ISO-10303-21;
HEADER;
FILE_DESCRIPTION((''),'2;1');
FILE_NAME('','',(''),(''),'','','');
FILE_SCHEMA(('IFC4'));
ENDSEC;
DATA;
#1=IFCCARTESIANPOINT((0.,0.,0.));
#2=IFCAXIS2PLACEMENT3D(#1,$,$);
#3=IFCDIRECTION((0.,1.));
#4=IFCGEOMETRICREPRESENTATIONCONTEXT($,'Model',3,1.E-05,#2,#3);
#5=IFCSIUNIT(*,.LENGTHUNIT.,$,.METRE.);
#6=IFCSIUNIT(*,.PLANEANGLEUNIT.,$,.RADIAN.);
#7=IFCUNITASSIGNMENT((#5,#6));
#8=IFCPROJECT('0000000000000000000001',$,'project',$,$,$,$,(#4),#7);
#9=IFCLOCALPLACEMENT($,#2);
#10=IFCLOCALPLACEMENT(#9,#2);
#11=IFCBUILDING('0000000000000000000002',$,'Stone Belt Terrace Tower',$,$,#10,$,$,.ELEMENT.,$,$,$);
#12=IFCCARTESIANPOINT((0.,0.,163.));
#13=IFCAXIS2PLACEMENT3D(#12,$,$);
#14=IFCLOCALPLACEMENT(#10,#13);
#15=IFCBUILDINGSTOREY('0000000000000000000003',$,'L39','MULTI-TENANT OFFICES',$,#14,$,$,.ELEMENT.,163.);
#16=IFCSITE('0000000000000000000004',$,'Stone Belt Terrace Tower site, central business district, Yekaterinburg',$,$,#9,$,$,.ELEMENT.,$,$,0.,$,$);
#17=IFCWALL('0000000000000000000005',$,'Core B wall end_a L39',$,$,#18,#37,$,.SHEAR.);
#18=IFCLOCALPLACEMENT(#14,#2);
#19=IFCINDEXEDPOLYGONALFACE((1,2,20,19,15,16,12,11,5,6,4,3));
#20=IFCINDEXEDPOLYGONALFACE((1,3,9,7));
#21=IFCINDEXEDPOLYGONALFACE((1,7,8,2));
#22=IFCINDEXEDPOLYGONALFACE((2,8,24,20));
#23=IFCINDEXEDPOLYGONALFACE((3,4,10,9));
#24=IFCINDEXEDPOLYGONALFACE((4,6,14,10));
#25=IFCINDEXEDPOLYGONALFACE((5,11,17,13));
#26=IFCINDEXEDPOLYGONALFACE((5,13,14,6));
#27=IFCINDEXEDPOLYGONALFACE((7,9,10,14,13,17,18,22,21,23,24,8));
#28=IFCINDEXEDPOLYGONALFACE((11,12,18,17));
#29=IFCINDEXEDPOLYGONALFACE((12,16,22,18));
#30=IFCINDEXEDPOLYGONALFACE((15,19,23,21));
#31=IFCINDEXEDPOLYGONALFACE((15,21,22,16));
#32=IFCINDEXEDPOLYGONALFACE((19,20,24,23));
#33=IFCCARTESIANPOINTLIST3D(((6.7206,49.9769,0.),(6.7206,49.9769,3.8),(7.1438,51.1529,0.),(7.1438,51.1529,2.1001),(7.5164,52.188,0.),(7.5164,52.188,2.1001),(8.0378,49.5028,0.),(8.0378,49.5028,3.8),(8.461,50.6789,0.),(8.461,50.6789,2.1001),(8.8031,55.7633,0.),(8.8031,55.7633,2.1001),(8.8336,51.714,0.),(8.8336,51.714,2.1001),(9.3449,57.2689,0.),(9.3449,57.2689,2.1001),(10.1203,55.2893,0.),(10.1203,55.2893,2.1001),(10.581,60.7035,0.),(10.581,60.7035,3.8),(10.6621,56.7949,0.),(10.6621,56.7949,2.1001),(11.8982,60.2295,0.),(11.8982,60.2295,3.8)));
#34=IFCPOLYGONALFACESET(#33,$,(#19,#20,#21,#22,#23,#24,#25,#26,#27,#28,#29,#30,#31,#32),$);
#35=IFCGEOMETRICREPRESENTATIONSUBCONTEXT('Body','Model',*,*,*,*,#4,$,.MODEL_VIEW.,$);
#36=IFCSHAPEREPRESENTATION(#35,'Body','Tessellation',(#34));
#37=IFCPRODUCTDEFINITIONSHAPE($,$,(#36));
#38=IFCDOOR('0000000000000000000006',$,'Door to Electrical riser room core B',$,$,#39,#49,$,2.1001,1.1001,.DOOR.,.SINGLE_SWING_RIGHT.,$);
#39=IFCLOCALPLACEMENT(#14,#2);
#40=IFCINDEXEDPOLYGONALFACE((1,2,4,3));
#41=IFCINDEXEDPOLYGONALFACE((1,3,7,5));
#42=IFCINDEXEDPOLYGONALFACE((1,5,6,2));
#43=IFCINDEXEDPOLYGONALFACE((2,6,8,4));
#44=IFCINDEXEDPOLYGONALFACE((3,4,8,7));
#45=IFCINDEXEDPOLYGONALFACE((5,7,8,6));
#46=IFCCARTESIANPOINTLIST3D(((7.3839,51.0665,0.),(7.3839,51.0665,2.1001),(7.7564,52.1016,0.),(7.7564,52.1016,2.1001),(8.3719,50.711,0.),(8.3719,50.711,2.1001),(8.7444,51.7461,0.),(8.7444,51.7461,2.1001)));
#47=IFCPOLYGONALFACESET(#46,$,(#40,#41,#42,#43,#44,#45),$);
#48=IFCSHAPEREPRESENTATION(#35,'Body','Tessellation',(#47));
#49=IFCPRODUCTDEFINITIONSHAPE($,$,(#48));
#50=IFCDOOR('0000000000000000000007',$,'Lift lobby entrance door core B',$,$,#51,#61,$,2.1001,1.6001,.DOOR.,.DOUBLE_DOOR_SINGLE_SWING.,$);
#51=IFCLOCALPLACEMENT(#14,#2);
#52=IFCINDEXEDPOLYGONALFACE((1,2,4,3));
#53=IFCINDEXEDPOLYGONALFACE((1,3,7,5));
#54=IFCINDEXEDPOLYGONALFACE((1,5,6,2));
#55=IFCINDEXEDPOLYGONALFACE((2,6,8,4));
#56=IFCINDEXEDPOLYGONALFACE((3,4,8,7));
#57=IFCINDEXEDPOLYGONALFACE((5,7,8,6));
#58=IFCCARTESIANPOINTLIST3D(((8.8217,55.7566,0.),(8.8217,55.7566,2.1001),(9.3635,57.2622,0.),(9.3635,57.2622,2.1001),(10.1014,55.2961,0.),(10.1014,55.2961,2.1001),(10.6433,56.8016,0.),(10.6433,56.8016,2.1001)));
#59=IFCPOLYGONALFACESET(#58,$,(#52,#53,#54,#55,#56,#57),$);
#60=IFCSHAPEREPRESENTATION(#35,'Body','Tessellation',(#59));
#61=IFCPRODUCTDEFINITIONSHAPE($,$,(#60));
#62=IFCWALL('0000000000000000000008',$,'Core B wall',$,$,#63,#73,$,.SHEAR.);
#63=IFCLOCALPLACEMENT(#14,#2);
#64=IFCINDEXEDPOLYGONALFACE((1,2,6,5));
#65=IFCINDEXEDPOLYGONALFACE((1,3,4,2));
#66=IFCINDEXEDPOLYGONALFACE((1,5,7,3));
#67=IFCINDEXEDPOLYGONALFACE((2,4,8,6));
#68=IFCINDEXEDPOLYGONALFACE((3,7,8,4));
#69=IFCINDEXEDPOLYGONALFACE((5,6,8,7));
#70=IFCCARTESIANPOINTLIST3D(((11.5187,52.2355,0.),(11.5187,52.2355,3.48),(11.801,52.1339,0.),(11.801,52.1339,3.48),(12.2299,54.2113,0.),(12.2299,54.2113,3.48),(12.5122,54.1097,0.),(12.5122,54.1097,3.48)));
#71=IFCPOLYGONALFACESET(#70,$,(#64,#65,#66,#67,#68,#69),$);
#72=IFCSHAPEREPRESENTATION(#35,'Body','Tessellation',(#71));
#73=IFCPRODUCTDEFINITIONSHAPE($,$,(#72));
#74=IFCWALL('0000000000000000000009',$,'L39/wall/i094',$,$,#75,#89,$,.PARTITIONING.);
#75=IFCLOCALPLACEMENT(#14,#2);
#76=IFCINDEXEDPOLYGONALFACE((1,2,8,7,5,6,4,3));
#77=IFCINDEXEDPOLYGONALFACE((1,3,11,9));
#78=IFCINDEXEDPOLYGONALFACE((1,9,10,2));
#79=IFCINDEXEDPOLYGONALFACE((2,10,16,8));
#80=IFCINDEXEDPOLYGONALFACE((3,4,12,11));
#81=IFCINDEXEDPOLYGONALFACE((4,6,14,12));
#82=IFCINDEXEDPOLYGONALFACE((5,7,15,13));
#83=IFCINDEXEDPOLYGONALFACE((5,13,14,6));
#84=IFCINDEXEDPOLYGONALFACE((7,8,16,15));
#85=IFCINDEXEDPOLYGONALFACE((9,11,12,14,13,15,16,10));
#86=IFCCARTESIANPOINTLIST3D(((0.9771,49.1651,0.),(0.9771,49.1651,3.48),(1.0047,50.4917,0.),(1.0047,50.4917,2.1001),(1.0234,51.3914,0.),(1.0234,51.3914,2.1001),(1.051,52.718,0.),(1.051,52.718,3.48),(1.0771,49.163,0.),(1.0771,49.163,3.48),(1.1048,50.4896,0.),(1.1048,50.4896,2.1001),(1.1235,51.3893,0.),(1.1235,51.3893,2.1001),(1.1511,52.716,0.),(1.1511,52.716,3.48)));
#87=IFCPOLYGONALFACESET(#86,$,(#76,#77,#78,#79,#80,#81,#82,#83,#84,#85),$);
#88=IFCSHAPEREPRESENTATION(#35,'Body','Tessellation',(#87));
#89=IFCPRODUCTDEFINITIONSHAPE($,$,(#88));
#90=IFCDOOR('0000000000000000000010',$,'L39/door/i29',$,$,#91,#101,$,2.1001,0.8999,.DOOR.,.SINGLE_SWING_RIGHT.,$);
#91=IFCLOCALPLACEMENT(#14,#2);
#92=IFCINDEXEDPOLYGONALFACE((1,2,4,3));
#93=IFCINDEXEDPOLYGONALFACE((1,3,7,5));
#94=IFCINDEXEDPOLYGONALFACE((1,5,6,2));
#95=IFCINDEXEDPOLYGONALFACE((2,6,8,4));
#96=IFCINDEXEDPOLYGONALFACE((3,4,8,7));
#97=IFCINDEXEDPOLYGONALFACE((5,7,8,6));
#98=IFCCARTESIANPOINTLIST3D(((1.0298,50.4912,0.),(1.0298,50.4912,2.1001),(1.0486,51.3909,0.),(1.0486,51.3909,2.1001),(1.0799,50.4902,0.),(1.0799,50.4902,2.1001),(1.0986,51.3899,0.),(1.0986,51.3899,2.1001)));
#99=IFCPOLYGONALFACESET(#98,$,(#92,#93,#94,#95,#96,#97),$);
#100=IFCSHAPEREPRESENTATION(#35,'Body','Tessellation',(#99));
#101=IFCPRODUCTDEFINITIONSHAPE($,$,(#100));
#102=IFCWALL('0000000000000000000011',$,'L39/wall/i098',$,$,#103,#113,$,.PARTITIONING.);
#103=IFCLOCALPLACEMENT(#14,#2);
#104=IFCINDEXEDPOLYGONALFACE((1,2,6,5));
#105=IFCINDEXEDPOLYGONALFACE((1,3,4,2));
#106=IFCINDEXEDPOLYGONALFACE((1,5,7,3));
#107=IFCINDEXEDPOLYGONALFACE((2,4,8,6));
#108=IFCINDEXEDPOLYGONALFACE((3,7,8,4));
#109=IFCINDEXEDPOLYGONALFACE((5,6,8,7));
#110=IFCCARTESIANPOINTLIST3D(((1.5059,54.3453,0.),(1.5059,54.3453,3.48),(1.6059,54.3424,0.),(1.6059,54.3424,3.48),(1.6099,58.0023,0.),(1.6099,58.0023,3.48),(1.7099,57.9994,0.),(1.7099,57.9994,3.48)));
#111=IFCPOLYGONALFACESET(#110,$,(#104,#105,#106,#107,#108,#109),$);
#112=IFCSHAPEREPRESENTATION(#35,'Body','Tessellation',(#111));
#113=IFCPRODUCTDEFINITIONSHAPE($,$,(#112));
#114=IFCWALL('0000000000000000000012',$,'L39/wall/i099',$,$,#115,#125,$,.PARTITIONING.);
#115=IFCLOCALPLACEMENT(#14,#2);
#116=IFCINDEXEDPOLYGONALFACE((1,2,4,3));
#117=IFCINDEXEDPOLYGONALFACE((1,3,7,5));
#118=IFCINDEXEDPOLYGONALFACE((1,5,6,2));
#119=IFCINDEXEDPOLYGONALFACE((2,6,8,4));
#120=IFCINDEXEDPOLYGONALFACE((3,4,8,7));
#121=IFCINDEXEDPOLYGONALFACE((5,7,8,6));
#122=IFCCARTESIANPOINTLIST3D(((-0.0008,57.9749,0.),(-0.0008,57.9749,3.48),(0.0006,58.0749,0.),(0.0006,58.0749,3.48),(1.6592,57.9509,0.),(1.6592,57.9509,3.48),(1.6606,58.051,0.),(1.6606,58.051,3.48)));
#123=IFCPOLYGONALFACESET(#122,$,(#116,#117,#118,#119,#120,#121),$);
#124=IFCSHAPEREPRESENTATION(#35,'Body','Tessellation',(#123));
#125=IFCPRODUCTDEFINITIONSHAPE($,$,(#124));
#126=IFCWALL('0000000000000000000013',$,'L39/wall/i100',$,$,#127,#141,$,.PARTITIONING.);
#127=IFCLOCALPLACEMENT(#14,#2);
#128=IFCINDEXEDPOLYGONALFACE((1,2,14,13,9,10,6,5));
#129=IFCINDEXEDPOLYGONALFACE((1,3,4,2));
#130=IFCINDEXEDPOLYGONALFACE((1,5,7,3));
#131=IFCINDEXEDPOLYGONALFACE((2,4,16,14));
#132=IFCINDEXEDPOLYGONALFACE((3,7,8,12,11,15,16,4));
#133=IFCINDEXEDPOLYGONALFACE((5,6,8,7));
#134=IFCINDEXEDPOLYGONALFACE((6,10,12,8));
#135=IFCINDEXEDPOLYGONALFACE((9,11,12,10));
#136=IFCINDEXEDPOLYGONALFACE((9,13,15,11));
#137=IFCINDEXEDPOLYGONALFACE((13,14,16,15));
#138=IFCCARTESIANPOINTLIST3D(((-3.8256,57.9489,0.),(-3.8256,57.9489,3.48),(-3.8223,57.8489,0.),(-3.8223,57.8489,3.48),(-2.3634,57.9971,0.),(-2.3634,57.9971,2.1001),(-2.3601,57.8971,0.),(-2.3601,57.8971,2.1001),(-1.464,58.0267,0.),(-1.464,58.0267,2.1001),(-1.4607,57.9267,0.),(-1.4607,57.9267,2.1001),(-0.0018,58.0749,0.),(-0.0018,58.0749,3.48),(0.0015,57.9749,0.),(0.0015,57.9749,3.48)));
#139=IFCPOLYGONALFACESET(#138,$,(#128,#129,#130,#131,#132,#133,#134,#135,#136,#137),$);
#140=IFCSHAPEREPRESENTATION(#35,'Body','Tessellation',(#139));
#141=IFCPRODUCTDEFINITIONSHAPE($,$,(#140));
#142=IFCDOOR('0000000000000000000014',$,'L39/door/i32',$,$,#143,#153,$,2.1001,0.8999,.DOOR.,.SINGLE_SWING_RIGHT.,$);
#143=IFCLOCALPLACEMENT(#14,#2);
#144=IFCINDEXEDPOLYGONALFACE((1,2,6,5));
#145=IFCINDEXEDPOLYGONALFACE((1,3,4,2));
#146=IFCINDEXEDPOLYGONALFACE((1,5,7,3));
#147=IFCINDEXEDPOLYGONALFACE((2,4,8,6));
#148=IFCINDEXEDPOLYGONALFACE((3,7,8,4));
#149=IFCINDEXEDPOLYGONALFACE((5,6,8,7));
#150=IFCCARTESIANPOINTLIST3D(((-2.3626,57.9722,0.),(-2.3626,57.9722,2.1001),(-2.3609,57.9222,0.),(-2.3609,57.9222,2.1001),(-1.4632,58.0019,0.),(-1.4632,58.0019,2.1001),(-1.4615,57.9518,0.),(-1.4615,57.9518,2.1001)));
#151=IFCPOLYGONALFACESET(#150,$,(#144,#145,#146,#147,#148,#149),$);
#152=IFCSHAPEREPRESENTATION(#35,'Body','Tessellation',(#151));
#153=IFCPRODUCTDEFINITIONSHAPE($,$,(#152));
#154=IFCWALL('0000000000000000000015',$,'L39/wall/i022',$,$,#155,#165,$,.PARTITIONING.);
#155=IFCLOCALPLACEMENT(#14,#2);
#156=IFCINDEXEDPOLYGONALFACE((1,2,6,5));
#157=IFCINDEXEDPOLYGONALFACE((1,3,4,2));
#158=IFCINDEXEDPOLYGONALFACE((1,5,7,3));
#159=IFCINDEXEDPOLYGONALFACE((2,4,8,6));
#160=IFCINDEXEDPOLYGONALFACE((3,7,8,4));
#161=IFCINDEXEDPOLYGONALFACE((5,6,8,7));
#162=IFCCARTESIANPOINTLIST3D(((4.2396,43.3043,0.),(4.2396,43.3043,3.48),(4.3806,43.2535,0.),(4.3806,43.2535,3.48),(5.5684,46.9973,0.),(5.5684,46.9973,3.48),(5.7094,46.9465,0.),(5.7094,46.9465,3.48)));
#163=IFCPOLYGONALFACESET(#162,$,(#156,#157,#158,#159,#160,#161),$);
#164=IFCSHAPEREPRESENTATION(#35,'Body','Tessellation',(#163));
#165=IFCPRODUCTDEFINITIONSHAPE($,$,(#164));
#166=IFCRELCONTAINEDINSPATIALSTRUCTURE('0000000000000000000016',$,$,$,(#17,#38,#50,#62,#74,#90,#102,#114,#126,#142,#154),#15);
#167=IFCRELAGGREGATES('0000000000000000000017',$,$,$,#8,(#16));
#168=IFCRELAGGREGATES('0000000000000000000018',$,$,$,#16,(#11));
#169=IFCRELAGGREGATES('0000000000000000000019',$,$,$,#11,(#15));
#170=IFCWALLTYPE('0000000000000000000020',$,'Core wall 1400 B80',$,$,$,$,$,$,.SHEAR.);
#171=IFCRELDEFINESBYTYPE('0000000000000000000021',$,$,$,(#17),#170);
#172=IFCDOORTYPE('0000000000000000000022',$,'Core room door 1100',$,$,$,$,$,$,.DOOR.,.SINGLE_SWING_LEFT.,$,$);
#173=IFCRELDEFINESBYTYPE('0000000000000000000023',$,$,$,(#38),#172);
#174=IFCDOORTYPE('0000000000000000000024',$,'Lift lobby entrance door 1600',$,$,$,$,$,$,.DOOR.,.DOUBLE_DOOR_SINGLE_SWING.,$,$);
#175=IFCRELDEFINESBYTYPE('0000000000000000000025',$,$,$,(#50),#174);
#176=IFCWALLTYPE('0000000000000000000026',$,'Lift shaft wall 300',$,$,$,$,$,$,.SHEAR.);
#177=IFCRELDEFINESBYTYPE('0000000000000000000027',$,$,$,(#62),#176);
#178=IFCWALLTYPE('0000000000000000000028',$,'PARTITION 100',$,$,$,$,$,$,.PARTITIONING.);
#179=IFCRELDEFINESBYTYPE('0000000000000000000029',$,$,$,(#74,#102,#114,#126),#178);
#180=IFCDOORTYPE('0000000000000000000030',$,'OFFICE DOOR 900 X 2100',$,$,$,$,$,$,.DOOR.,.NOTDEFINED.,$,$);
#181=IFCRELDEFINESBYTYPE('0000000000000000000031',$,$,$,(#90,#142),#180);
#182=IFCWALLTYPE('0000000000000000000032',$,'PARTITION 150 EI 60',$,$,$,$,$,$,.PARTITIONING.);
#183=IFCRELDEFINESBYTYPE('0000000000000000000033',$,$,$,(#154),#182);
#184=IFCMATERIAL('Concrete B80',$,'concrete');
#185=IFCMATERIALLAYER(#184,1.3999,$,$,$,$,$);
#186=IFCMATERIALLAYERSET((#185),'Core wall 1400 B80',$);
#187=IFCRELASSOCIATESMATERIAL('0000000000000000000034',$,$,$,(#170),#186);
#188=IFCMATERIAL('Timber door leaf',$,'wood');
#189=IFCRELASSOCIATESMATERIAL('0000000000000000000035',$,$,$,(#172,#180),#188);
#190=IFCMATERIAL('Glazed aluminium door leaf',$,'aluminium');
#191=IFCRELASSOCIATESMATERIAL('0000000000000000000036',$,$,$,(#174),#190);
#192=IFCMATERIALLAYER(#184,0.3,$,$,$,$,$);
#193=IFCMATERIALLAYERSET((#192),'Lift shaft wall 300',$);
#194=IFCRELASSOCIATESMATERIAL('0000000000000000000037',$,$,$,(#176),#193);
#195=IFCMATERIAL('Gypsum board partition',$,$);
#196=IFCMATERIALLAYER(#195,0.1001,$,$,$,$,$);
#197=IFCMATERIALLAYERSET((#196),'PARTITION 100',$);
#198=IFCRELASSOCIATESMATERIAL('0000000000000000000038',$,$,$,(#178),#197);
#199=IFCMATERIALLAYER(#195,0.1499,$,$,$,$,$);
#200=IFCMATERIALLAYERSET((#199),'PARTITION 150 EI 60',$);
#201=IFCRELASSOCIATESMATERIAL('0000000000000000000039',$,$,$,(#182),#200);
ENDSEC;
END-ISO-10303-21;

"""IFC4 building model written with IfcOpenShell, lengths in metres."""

from ifc_helpers import new_model, si_unit, direction, frame, frame_2d, origin, place, context, subcontext, project, spatial, rectangle, extrude, material, layer, layer_set, type_object, element, fill, save


model = new_model("IFC4")

# Units and contexts
model_context = context("Model", 3, precision=1e-05, world=origin(), true_north=direction((0.0, 1.0)))
body_context = subcontext(model_context, "Body", "Model", "MODEL_VIEW")
ifc_project = project(units=[si_unit("LENGTHUNIT", "METRE"), si_unit("PLANEANGLEUNIT", "RADIAN")], contexts=[model_context])

# Site, building, storey
site_placement = place(None, origin())
site = spatial("IfcSite", under=ifc_project, at=site_placement, Name="Stone Belt Terrace Tower site, central business district, Yekaterinburg", CompositionType="ELEMENT", RefElevation=0.0)
building_placement = place(site_placement, origin())
building = spatial("IfcBuilding", under=site, at=building_placement, Name="Stone Belt Terrace Tower", CompositionType="ELEMENT")
storey_placement = place(building_placement, frame((0.0, 0.0, 163.0)))
storey = spatial("IfcBuildingStorey", under=building, at=storey_placement, Name="L39", Description="MULTI-TENANT OFFICES", CompositionType="ELEMENT", Elevation=163.0)

# Shared definitions
ifc_material_1 = material(Name="Concrete B80", Category="concrete")

# Shared definitions
ifc_layer_1 = layer(ifc_material_1, 1.3999)
ifc_layer_set_1 = layer_set([ifc_layer_1], Name="Core wall 1400 B80")
wall_type_1 = type_object("IfcWallType", Name="Core wall 1400 B80", PredefinedType="SHEAR", material=ifc_layer_set_1)

# Wall, openings, doors
wall_1_placement = place(storey_placement, frame((7.3792, 49.7397, 0.0), z_axis=(0.0, 0.0, 1.0), x_axis=(0.338625, 0.940921, 0.0)))
wall_1 = element("IfcWall", 1, at=wall_1_placement, inside=storey, type_object=wall_type_1, Name="Core B wall end_a L39", PredefinedType="SHEAR", context=body_context, shape_type="SweptSolid", body=[
    extrude(rectangle(XDim=11.4001, YDim=1.3999, at=frame_2d((5.7002, 0.0))), origin(), (0.0, 0.0, 1.0), 3.8),
])
opening_1_placement = place(wall_1_placement, frame((6.1499, 0.0, 0.0)))
opening_1 = element("IfcOpeningElement", 2, at=opening_1_placement, cuts=wall_1, PredefinedType="OPENING", context=body_context, shape_type="SweptSolid", body=[
    extrude(rectangle(XDim=1.6001, YDim=2.1001, at=frame_2d((0.8, 1.05))), frame((0.0, 0.71, 0.0), z_axis=(0.0, -1.0, 0.0), x_axis=(1.0, 0.0, 0.0)), (0.0, 0.0, 1.0), 1.4199),
])
opening_2_placement = place(wall_1_placement, frame((1.25, 0.0, 0.0)))
opening_2 = element("IfcOpeningElement", 3, at=opening_2_placement, cuts=wall_1, PredefinedType="OPENING", context=body_context, shape_type="SweptSolid", body=[
    extrude(rectangle(XDim=1.1001, YDim=2.1001, at=frame_2d((0.55, 1.05))), frame((0.0, 0.71, 0.0), z_axis=(0.0, -1.0, 0.0), x_axis=(1.0, 0.0, 0.0)), (0.0, 0.0, 1.0), 1.4199),
])
ifc_material_2 = material(Name="Timber door leaf", Category="wood")
door_type_1 = type_object("IfcDoorType", Name="Core room door 1100", OperationType="SINGLE_SWING_LEFT", PredefinedType="DOOR", material=ifc_material_2)
door_1_placement = place(opening_2_placement, origin())
door_1 = element("IfcDoor", 4, at=door_1_placement, inside=storey, type_object=door_type_1, Name="Door to Electrical riser room core B", OperationType="SINGLE_SWING_RIGHT", OverallHeight=2.1001, OverallWidth=1.1001, PredefinedType="DOOR", context=body_context, shape_type="SweptSolid", body=[
    extrude(rectangle(XDim=1.1001, YDim=2.1001, at=frame_2d((0.55, 1.05))), frame((0.0, 0.4448, 0.0), z_axis=(0.0, -1.0, 0.0), x_axis=(1.0, 0.0, 0.0)), (0.0, 0.0, 1.0), 1.05),
])
fill(opening_2, door_1)
ifc_material_3 = material(Name="Glazed aluminium door leaf", Category="aluminium")
door_type_2 = type_object("IfcDoorType", Name="Lift lobby entrance door 1600", OperationType="DOUBLE_DOOR_SINGLE_SWING", PredefinedType="DOOR", material=ifc_material_3)
door_2_placement = place(opening_1_placement, origin())
door_2 = element("IfcDoor", 5, at=door_2_placement, inside=storey, type_object=door_type_2, Name="Lift lobby entrance door core B", OperationType="DOUBLE_DOOR_SINGLE_SWING", OverallHeight=2.1001, OverallWidth=1.6001, PredefinedType="DOOR", context=body_context, shape_type="SweptSolid", body=[
    extrude(rectangle(XDim=1.6001, YDim=2.1001, at=frame_2d((0.8, 1.05))), frame((0.0, 0.6802, 0.0), z_axis=(0.0, -1.0, 0.0), x_axis=(1.0, 0.0, 0.0)), (0.0, 0.0, 1.0), 1.3601),
])
fill(opening_1, door_2)

# Wall
ifc_layer_2 = layer(ifc_material_1, 0.3)
ifc_layer_set_2 = layer_set([ifc_layer_2], Name="Lift shaft wall 300")
wall_type_2 = type_object("IfcWallType", Name="Lift shaft wall 300", PredefinedType="SHEAR", material=ifc_layer_set_2)
wall_2_placement = place(storey_placement, frame((11.6599, 52.1848, 0.0), z_axis=(0.0, 0.0, 1.0), x_axis=(0.33867, 0.940905, 0.0)))
element("IfcWall", 6, at=wall_2_placement, inside=storey, type_object=wall_type_2, Name="Core B wall", PredefinedType="SHEAR", context=body_context, shape_type="SweptSolid", body=[
    extrude(rectangle(XDim=2.0999, YDim=0.3, at=frame_2d((1.0498, 0.0))), origin(), (0.0, 0.0, 1.0), 3.48),
])

# Wall, opening, door
ifc_material_4 = material(Name="Gypsum board partition")
ifc_layer_3 = layer(ifc_material_4, 0.1001)
ifc_layer_set_3 = layer_set([ifc_layer_3], Name="PARTITION 100")
wall_type_3 = type_object("IfcWallType", Name="PARTITION 100", PredefinedType="PARTITIONING", material=ifc_layer_set_3)
wall_3_placement = place(storey_placement, frame((1.0271, 49.1641, 0.0), z_axis=(0.0, 0.0, 1.0), x_axis=(0.020816, 0.999783, 0.0)))
wall_3 = element("IfcWall", 7, at=wall_3_placement, inside=storey, type_object=wall_type_3, Name="L39/wall/i094", PredefinedType="PARTITIONING", context=body_context, shape_type="SweptSolid", body=[
    extrude(rectangle(XDim=3.5537, YDim=0.1001, at=frame_2d((1.7769, 0.0))), origin(), (0.0, 0.0, 1.0), 3.48),
])
opening_3_placement = place(wall_3_placement, frame((1.3269, 0.0, 0.0)))
opening_3 = element("IfcOpeningElement", 8, at=opening_3_placement, cuts=wall_3, PredefinedType="OPENING", context=body_context, shape_type="SweptSolid", body=[
    extrude(rectangle(XDim=0.8999, YDim=2.1001, at=frame_2d((0.45, 1.05))), frame((0.0, 0.0601, 0.0), z_axis=(0.0, -1.0, 0.0), x_axis=(1.0, 0.0, 0.0)), (0.0, 0.0, 1.0), 0.1201),
])
door_type_3 = type_object("IfcDoorType", Name="OFFICE DOOR 900 X 2100", OperationType="NOTDEFINED", PredefinedType="DOOR", material=ifc_material_2)
door_3_placement = place(opening_3_placement, origin())
door_3 = element("IfcDoor", 9, at=door_3_placement, inside=storey, type_object=door_type_3, Name="L39/door/i29", OperationType="SINGLE_SWING_RIGHT", OverallHeight=2.1001, OverallWidth=0.8999, PredefinedType="DOOR", context=body_context, shape_type="SweptSolid", body=[
    extrude(rectangle(XDim=0.8999, YDim=2.1001, at=frame_2d((0.45, 1.05))), frame((0.0, 0.0249, 0.0), z_axis=(0.0, -1.0, 0.0), x_axis=(1.0, 0.0, 0.0)), (0.0, 0.0, 1.0), 0.05),
])
fill(opening_3, door_3)

# Walls
wall_4_placement = place(storey_placement, frame((1.5559, 54.344, 0.0), z_axis=(0.0, 0.0, 1.0), x_axis=(0.028428, 0.999596, 0.0)))
element("IfcWall", 10, at=wall_4_placement, inside=storey, type_object=wall_type_3, Name="L39/wall/i098", PredefinedType="PARTITIONING", context=body_context, shape_type="SweptSolid", body=[
    extrude(rectangle(XDim=3.6584, YDim=0.1001, at=frame_2d((1.8291, 0.0))), origin(), (0.0, 0.0, 1.0), 3.48),
])
wall_5_placement = place(storey_placement, frame((1.6599, 58.001, 0.0), z_axis=(0.0, 0.0, 1.0), x_axis=(-0.999896, 0.014412, 0.0)))
element("IfcWall", 11, at=wall_5_placement, inside=storey, type_object=wall_type_3, Name="L39/wall/i099", PredefinedType="PARTITIONING", context=body_context, shape_type="SweptSolid", body=[
    extrude(rectangle(XDim=1.6602, YDim=0.1001, at=frame_2d((0.8301, 0.0))), origin(), (0.0, 0.0, 1.0), 3.48),
])

# Wall, opening, door
wall_6_placement = place(storey_placement, frame((0.0, 58.0249, 0.0), z_axis=(0.0, 0.0, 1.0), x_axis=(-0.999458, -0.032926, 0.0)))
wall_6 = element("IfcWall", 12, at=wall_6_placement, inside=storey, type_object=wall_type_3, Name="L39/wall/i100", PredefinedType="PARTITIONING", context=body_context, shape_type="SweptSolid", body=[
    extrude(rectangle(XDim=3.8259, YDim=0.1001, at=frame_2d((1.9131, 0.0))), origin(), (0.0, 0.0, 1.0), 3.48),
])
opening_4_placement = place(wall_6_placement, frame((1.4631, 0.0, 0.0)))
opening_4 = element("IfcOpeningElement", 13, at=opening_4_placement, cuts=wall_6, PredefinedType="OPENING", context=body_context, shape_type="SweptSolid", body=[
    extrude(rectangle(XDim=0.8999, YDim=2.1001, at=frame_2d((0.45, 1.05))), frame((0.0, 0.0601, 0.0), z_axis=(0.0, -1.0, 0.0), x_axis=(1.0, 0.0, 0.0)), (0.0, 0.0, 1.0), 0.1201),
])
door_4_placement = place(opening_4_placement, origin())
door_4 = element("IfcDoor", 14, at=door_4_placement, inside=storey, type_object=door_type_3, Name="L39/door/i32", OperationType="SINGLE_SWING_RIGHT", OverallHeight=2.1001, OverallWidth=0.8999, PredefinedType="DOOR", context=body_context, shape_type="SweptSolid", body=[
    extrude(rectangle(XDim=0.8999, YDim=2.1001, at=frame_2d((0.45, 1.05))), frame((0.0, 0.0249, 0.0), z_axis=(0.0, -1.0, 0.0), x_axis=(1.0, 0.0, 0.0)), (0.0, 0.0, 1.0), 0.05),
])
fill(opening_4, door_4)

# Wall
ifc_layer_4 = layer(ifc_material_4, 0.1499)
ifc_layer_set_4 = layer_set([ifc_layer_4], Name="PARTITION 150 EI 60")
wall_type_4 = type_object("IfcWallType", Name="PARTITION 150 EI 60", PredefinedType="PARTITIONING", material=ifc_layer_set_4)
wall_7_placement = place(storey_placement, frame((5.6389, 46.9719, 0.0), z_axis=(0.0, 0.0, 1.0), x_axis=(-0.33857, -0.940941, 0.0)))
element("IfcWall", 15, at=wall_7_placement, inside=storey, type_object=wall_type_4, Name="L39/wall/i022", PredefinedType="PARTITIONING", context=body_context, shape_type="SweptSolid", body=[
    extrude(rectangle(XDim=3.9248, YDim=0.1499, at=frame_2d((1.9624, 0.0))), origin(), (0.0, 0.0, 1.0), 3.48),
])

save(model, "model.ifc")
